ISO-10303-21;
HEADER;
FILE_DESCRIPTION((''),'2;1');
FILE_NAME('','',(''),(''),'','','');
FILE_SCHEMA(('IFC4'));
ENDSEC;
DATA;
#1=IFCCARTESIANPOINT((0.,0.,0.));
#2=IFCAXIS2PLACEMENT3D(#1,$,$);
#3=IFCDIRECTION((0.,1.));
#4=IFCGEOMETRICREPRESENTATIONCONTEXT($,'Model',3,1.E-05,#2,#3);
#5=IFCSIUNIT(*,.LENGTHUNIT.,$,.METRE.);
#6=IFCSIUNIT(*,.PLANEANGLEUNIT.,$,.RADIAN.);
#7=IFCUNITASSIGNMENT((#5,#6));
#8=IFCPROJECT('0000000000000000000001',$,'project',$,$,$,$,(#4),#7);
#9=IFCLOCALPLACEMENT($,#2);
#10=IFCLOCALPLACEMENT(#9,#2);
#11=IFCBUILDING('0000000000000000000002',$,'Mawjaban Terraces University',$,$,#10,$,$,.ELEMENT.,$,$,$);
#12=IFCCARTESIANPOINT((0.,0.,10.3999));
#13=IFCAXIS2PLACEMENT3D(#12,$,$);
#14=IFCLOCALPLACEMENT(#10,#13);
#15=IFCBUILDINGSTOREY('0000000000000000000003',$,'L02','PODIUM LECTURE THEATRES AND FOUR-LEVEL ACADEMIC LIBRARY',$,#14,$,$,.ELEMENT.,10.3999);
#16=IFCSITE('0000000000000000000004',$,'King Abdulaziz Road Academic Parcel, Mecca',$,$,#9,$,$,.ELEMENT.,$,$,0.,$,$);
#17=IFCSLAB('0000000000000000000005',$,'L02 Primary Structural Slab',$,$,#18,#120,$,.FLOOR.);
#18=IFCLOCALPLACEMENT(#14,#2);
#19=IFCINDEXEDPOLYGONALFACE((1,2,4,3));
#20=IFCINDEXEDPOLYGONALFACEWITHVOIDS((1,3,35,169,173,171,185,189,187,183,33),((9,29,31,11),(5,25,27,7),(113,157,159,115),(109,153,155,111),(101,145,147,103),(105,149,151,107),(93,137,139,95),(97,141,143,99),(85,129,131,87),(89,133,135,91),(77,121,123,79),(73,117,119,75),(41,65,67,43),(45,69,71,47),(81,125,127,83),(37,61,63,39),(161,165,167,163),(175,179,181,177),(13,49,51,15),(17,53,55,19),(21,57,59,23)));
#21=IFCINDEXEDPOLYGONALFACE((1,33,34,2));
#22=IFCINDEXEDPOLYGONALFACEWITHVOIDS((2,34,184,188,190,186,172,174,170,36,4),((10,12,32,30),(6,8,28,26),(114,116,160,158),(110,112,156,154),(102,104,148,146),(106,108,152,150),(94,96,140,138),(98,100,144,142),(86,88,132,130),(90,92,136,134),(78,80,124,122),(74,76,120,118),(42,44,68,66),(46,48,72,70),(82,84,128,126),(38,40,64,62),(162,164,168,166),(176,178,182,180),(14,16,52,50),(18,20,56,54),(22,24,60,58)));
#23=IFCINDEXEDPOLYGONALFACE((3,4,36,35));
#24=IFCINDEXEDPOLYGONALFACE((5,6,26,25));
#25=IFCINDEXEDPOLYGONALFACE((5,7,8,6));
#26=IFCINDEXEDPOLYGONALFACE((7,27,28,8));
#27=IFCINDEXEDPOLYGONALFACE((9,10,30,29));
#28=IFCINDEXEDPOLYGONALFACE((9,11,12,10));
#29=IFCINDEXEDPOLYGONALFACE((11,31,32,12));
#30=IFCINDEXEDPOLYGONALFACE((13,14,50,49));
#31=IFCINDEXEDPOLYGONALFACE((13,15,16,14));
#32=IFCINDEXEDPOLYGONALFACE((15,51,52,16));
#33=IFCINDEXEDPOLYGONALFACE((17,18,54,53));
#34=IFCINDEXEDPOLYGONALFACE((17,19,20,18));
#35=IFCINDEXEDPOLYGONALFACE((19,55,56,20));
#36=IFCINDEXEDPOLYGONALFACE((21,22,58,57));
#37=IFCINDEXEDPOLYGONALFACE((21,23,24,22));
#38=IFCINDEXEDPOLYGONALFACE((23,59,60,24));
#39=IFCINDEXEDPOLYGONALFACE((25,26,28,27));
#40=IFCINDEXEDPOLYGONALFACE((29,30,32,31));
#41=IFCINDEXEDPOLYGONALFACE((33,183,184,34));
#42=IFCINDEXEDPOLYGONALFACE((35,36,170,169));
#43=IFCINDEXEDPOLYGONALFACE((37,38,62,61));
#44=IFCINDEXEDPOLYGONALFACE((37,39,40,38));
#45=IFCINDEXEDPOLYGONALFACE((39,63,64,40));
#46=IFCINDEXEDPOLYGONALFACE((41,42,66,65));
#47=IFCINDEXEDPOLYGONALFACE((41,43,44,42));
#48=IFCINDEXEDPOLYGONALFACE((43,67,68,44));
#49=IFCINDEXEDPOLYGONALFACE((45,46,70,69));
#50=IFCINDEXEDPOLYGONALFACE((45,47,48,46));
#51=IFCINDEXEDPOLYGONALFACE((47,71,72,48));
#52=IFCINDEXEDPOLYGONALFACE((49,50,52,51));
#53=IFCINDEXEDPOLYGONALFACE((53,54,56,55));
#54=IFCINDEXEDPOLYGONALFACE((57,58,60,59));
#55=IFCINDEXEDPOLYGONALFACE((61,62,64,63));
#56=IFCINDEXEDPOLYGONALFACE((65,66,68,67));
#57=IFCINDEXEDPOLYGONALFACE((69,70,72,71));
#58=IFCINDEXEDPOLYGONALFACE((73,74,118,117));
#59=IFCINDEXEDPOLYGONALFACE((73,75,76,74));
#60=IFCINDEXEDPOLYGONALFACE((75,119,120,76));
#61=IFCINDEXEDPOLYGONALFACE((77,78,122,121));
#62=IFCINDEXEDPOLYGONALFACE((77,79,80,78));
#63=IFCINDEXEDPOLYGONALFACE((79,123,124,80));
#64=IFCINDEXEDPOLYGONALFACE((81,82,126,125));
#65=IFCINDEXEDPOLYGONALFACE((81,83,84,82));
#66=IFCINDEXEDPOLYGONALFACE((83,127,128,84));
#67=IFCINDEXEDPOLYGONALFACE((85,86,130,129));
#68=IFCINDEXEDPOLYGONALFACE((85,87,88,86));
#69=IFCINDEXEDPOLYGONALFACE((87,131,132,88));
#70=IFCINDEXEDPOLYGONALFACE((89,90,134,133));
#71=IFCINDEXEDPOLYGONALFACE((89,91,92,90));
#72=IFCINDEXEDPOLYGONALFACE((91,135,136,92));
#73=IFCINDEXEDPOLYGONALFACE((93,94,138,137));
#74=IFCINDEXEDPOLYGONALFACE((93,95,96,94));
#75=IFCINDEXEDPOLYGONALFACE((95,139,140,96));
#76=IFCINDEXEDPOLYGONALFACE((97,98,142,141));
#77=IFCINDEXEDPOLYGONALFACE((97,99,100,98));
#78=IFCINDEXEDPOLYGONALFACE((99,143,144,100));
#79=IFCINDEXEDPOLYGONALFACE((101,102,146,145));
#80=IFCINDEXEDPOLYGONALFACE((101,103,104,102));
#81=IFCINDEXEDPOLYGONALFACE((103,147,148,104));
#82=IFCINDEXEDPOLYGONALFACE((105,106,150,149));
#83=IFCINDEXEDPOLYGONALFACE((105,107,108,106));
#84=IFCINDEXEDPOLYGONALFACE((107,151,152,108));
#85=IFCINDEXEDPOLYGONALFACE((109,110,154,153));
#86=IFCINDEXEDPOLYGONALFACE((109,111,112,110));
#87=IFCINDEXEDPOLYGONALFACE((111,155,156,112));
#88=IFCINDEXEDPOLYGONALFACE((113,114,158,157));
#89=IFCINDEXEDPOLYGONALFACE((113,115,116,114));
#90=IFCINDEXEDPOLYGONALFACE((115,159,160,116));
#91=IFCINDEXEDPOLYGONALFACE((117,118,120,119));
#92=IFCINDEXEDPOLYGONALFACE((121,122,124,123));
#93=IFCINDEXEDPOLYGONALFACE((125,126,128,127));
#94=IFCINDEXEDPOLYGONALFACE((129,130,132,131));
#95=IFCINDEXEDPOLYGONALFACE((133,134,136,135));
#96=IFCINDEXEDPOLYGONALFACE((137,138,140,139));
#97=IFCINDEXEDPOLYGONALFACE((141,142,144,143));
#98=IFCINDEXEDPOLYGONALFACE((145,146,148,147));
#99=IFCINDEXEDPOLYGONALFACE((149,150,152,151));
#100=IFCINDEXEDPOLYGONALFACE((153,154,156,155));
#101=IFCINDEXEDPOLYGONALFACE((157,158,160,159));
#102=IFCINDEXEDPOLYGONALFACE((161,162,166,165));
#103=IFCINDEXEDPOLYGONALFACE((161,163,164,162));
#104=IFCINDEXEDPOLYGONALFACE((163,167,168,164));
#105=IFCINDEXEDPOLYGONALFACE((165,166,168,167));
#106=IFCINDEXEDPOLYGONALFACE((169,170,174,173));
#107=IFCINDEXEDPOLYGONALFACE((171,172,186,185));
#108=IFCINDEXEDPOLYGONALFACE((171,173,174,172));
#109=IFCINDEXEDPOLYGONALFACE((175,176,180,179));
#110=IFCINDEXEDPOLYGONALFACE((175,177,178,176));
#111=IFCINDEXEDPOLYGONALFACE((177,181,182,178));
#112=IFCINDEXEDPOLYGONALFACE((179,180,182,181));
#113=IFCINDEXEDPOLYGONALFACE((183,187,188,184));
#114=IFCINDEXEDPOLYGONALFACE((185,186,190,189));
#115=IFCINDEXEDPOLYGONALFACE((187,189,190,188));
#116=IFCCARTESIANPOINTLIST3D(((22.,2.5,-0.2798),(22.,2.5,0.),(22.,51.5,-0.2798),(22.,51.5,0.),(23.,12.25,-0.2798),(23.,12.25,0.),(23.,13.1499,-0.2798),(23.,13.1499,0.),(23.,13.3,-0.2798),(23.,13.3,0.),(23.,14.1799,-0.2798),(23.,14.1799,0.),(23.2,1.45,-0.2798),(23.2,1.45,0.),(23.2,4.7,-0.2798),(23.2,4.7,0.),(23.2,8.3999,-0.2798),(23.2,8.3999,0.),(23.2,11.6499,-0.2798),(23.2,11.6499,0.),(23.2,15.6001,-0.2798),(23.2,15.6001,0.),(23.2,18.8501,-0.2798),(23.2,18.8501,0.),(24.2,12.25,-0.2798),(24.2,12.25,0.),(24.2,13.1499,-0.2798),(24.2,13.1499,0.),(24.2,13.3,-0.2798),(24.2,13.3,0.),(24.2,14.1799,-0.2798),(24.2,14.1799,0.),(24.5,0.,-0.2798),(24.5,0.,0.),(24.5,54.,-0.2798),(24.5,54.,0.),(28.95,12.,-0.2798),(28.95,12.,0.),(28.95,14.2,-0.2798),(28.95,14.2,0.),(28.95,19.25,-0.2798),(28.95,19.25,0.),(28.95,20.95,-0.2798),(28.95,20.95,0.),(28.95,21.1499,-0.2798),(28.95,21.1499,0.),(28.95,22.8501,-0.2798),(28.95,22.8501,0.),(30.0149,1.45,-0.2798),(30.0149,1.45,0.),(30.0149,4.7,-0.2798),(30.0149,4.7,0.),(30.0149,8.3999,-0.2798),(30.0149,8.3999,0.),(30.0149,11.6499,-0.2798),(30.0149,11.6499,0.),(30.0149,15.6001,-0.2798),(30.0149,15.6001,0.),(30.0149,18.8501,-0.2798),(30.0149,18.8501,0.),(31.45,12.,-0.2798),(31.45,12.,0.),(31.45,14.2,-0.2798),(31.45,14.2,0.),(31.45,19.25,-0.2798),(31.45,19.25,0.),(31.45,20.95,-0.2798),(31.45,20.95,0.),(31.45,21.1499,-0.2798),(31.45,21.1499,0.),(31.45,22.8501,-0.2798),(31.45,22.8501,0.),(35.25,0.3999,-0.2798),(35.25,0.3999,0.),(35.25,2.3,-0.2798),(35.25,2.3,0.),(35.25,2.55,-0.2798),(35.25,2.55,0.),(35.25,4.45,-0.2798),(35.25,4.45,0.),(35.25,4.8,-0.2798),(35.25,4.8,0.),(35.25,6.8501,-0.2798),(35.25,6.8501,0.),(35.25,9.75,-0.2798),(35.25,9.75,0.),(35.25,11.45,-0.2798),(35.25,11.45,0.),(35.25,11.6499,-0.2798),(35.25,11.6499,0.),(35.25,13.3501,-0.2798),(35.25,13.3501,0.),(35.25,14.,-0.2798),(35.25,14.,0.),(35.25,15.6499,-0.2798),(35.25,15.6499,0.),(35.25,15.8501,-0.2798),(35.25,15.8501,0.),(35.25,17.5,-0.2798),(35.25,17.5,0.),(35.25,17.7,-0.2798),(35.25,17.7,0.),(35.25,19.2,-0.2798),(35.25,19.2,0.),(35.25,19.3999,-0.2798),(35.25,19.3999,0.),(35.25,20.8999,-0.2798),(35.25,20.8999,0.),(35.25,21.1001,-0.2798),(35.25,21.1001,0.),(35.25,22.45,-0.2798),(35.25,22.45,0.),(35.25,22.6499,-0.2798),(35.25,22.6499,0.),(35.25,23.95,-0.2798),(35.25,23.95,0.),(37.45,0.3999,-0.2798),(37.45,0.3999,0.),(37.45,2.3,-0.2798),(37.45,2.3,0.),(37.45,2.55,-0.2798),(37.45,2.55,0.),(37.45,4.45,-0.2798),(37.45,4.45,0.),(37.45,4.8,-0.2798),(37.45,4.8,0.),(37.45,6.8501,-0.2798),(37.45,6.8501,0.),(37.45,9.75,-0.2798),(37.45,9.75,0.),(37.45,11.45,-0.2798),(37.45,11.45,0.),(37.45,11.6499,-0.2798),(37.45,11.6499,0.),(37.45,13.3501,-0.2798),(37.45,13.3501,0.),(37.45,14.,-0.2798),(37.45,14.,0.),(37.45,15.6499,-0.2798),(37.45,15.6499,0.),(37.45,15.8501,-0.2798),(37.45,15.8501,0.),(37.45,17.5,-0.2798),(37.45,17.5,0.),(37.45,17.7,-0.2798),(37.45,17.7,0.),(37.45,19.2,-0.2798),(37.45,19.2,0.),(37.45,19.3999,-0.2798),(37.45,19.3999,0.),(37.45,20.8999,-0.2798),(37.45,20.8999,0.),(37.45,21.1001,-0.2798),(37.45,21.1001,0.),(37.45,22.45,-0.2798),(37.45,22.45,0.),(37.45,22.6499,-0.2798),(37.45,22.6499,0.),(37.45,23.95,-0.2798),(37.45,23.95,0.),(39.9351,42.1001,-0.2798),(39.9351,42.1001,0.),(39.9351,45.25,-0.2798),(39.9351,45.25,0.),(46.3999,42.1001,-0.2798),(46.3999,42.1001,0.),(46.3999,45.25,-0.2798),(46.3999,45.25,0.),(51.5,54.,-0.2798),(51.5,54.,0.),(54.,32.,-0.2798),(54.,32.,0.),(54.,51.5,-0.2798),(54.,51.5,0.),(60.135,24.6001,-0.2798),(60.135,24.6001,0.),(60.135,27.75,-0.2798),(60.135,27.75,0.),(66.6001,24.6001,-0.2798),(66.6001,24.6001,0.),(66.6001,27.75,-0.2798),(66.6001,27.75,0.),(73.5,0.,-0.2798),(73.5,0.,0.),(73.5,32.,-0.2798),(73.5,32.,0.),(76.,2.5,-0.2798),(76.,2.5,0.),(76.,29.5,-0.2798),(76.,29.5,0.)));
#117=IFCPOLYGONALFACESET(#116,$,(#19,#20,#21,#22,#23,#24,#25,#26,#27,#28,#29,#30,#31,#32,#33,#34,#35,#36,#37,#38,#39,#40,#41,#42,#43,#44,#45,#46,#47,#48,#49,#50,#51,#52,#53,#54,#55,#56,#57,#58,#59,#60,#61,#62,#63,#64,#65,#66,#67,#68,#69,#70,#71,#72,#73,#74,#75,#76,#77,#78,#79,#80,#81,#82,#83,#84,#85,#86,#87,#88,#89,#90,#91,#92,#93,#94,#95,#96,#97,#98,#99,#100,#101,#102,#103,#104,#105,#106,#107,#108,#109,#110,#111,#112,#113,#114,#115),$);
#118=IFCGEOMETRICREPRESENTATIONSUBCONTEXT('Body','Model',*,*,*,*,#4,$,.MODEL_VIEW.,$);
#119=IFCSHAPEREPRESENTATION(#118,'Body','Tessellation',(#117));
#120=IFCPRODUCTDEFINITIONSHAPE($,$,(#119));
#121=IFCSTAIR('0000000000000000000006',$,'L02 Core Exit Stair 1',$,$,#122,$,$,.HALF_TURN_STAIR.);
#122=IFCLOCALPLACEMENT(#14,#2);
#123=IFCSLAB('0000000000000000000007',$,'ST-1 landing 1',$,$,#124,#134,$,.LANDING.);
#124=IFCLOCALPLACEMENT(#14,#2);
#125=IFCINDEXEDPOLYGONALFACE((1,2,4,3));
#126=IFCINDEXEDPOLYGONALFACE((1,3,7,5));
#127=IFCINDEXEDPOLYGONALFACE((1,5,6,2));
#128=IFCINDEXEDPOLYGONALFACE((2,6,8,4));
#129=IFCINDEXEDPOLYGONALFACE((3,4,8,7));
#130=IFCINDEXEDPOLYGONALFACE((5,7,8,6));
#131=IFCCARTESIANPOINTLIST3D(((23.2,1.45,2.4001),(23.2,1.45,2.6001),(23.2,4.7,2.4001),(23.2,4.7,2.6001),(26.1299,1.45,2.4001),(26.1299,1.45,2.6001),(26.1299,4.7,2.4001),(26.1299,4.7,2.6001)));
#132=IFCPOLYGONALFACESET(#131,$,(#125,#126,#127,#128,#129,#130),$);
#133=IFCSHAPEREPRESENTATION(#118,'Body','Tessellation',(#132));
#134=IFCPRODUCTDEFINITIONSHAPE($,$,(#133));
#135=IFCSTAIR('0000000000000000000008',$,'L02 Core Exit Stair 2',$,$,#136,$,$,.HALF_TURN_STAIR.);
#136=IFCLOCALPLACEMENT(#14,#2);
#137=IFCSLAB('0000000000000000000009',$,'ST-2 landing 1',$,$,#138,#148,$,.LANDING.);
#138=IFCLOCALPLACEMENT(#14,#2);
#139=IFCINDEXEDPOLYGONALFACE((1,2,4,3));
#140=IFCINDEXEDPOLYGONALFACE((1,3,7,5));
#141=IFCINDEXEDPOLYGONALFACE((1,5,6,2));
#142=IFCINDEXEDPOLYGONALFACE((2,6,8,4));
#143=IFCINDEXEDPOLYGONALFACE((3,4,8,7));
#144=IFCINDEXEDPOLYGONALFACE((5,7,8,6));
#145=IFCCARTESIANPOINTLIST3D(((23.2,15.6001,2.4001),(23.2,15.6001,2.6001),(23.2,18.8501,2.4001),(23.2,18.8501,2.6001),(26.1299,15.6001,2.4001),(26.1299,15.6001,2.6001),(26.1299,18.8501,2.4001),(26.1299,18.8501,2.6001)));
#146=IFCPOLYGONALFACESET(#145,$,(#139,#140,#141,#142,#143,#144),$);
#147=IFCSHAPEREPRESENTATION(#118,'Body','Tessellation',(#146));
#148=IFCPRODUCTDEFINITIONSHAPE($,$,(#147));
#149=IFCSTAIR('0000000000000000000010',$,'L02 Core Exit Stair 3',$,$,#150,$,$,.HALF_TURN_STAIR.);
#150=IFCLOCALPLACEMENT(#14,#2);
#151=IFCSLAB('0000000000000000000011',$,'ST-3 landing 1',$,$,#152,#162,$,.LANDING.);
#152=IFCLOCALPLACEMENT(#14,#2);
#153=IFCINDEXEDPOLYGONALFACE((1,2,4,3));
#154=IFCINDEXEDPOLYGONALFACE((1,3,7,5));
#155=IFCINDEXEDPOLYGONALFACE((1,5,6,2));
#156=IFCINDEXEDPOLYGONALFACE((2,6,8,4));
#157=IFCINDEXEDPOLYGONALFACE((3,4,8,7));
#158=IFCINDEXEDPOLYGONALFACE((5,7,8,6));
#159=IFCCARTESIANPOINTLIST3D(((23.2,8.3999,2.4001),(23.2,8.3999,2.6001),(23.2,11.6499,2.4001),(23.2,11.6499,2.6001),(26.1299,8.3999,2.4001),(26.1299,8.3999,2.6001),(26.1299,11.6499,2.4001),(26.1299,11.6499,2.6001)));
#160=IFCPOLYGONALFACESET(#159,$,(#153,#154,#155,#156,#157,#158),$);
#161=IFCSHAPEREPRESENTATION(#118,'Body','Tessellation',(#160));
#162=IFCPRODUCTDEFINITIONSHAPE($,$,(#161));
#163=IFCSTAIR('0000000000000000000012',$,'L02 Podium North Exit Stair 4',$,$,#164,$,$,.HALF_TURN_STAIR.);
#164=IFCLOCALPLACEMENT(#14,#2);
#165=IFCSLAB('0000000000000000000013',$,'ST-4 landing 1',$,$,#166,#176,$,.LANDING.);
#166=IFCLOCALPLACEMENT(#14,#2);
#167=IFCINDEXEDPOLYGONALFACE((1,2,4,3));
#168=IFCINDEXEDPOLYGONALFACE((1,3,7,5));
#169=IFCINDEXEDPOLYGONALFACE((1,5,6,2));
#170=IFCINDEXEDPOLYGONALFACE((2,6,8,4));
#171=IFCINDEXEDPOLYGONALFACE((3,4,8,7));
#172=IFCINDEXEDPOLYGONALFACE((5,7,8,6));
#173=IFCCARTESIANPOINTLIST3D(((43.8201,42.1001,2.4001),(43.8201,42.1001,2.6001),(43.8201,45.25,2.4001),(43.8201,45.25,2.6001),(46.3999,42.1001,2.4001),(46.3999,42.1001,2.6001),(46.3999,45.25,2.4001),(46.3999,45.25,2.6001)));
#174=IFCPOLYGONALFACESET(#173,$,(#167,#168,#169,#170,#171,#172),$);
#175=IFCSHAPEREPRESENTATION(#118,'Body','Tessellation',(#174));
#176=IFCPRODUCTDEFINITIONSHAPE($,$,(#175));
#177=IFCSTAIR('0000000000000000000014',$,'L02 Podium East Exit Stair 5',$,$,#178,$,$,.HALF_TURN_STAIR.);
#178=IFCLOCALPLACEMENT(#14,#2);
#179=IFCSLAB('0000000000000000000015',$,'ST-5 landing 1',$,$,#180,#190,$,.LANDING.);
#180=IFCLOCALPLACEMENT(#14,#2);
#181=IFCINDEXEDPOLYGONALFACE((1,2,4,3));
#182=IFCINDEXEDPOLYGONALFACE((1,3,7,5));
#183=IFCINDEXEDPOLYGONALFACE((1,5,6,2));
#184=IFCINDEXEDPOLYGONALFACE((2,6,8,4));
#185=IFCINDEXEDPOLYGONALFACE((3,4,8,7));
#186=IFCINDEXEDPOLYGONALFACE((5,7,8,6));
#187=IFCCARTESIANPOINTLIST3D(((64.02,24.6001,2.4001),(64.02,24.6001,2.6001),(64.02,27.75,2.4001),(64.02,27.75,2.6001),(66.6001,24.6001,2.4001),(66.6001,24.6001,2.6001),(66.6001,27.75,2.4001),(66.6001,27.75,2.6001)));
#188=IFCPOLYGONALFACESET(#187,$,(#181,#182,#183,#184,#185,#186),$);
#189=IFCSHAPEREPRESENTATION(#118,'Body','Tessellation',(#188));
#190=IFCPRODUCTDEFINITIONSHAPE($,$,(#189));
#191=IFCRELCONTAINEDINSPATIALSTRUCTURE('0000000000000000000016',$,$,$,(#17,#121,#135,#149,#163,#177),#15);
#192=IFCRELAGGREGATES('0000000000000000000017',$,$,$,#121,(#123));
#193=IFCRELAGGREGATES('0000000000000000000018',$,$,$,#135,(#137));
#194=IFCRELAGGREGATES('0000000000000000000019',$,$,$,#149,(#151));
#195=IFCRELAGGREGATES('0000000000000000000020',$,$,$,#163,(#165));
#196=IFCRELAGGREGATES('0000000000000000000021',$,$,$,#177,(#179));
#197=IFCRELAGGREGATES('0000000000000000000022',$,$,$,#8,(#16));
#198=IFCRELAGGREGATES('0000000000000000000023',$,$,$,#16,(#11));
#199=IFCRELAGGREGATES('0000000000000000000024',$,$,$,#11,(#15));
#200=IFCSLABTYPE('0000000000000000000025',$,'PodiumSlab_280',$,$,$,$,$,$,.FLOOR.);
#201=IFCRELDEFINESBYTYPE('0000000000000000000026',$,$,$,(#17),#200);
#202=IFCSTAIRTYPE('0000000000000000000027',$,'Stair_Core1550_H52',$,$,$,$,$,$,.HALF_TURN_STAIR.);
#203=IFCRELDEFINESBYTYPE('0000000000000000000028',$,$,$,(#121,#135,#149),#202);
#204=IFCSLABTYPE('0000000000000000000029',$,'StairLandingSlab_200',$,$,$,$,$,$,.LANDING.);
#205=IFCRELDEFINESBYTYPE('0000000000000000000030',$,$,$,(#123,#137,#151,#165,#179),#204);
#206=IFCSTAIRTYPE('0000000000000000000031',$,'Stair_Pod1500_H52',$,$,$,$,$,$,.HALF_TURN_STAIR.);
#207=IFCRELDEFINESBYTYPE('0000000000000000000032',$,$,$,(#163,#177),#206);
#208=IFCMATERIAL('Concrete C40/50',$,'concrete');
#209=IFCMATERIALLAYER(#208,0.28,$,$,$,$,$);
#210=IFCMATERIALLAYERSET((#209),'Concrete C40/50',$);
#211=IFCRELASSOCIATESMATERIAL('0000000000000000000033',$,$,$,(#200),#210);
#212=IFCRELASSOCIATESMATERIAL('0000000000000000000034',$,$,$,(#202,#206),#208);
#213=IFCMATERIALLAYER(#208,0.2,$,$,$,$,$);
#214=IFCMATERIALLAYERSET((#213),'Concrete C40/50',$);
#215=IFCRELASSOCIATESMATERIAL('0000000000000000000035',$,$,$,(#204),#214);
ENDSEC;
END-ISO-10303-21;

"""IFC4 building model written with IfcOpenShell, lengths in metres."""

from ifc_helpers import new_model, si_unit, direction, frame, origin, place, context, subcontext, project, spatial, polyline, outline, extrude, material, layer, layer_set, type_object, element, aggregate, save


model = new_model("IFC4")

# Units and contexts
model_context = context("Model", 3, precision=1e-05, world=origin(), true_north=direction((0.0, 1.0)))
body_context = subcontext(model_context, "Body", "Model", "MODEL_VIEW")
ifc_project = project(units=[si_unit("LENGTHUNIT", "METRE"), si_unit("PLANEANGLEUNIT", "RADIAN")], contexts=[model_context])

# Site, building, storey
site_placement = place(None, origin())
site = spatial("IfcSite", under=ifc_project, at=site_placement, Name="King Abdulaziz Road Academic Parcel, Mecca", CompositionType="ELEMENT", RefElevation=0.0)
building_placement = place(site_placement, origin())
building = spatial("IfcBuilding", under=site, at=building_placement, Name="Mawjaban Terraces University", CompositionType="ELEMENT")
storey_placement = place(building_placement, frame((0.0, 0.0, 10.3999)))
storey = spatial("IfcBuildingStorey", under=building, at=storey_placement, Name="L02", Description="PODIUM LECTURE THEATRES AND FOUR-LEVEL ACADEMIC LIBRARY", CompositionType="ELEMENT", Elevation=10.3999)

# Slab
ifc_material_1 = material(Name="Concrete C40/50", Category="concrete")
ifc_layer_1 = layer(ifc_material_1, 0.28)
ifc_layer_set_1 = layer_set([ifc_layer_1], Name="Concrete C40/50")
slab_type_1 = type_object("IfcSlabType", Name="PodiumSlab_280", PredefinedType="FLOOR", material=ifc_layer_set_1)
slab_1_placement = place(storey_placement, frame((0.0, 0.0, -0.2798)))
element("IfcSlab", 1, at=slab_1_placement, inside=storey, type_object=slab_type_1, Name="L02 Primary Structural Slab", PredefinedType="FLOOR", context=body_context, shape_type="SweptSolid", body=[
    extrude(outline(polyline([(24.5, 0.0), (73.5, 0.0), (76.0, 2.5), (76.0, 29.5), (73.5, 32.0), (54.0, 32.0), (54.0, 51.5), (51.5, 54.0), (24.5, 54.0), (22.0, 51.5), (22.0, 2.5), (24.5, 0.0)]), holes=[polyline([(30.0149, 4.7), (23.2, 4.7), (23.2, 1.45), (30.0149, 1.45), (30.0149, 4.7)]), polyline([(30.0149, 18.8501), (23.2, 18.8501), (23.2, 15.6001), (30.0149, 15.6001), (30.0149, 18.8501)]), polyline([(30.0149, 11.6499), (23.2, 11.6499), (23.2, 8.3999), (30.0149, 8.3999), (30.0149, 11.6499)]), polyline([(39.9351, 42.1001), (46.3999, 42.1001), (46.3999, 45.25), (39.9351, 45.25), (39.9351, 42.1001)]), polyline([(60.135, 24.6001), (66.6001, 24.6001), (66.6001, 27.75), (60.135, 27.75), (60.135, 24.6001)]), polyline([(35.25, 0.3999), (37.45, 0.3999), (37.45, 2.3), (35.25, 2.3), (35.25, 0.3999)]), polyline([(35.25, 2.55), (37.45, 2.55), (37.45, 4.45), (35.25, 4.45), (35.25, 2.55)]), polyline([(35.25, 4.8), (37.45, 4.8), (37.45, 6.8501), (35.25, 6.8501), (35.25, 4.8)]), polyline([(35.25, 9.75), (37.45, 9.75), (37.45, 11.45), (35.25, 11.45), (35.25, 9.75)]), polyline([(35.25, 11.6499), (37.45, 11.6499), (37.45, 13.3501), (35.25, 13.3501), (35.25, 11.6499)]), polyline([(28.95, 12.0), (31.45, 12.0), (31.45, 14.2), (28.95, 14.2), (28.95, 12.0)]), polyline([(35.25, 14.0), (37.45, 14.0), (37.45, 15.6499), (35.25, 15.6499), (35.25, 14.0)]), polyline([(35.25, 15.8501), (37.45, 15.8501), (37.45, 17.5), (35.25, 17.5), (35.25, 15.8501)]), polyline([(35.25, 17.7), (37.45, 17.7), (37.45, 19.2), (35.25, 19.2), (35.25, 17.7)]), polyline([(35.25, 19.3999), (37.45, 19.3999), (37.45, 20.8999), (35.25, 20.8999), (35.25, 19.3999)]), polyline([(28.95, 19.25), (31.45, 19.25), (31.45, 20.95), (28.95, 20.95), (28.95, 19.25)]), polyline([(35.25, 21.1001), (37.45, 21.1001), (37.45, 22.45), (35.25, 22.45), (35.25, 21.1001)]), polyline([(35.25, 22.6499), (37.45, 22.6499), (37.45, 23.95), (35.25, 23.95), (35.25, 22.6499)]), polyline([(28.95, 21.1499), (31.45, 21.1499), (31.45, 22.8501), (28.95, 22.8501), (28.95, 21.1499)]), polyline([(23.0, 12.25), (24.2, 12.25), (24.2, 13.1499), (23.0, 13.1499), (23.0, 12.25)]), polyline([(23.0, 13.3), (24.2, 13.3), (24.2, 14.1799), (23.0, 14.1799), (23.0, 13.3)])]), origin(), (0.0, 0.0, 1.0), 0.2798),
])

# Stairs, slabs
stair_type_1 = type_object("IfcStairType", Name="Stair_Core1550_H52", PredefinedType="HALF_TURN_STAIR", material=ifc_material_1)
stair_1_placement = place(storey_placement, origin())
stair_1 = element("IfcStair", 2, at=stair_1_placement, inside=storey, type_object=stair_type_1, Name="L02 Core Exit Stair 1", PredefinedType="HALF_TURN_STAIR")
ifc_layer_2 = layer(ifc_material_1, 0.2)
ifc_layer_set_2 = layer_set([ifc_layer_2], Name="Concrete C40/50")
slab_type_2 = type_object("IfcSlabType", Name="StairLandingSlab_200", PredefinedType="LANDING", material=ifc_layer_set_2)
slab_2_placement = place(storey_placement, frame((0.0, 0.0, 2.4001)))
slab_2 = element("IfcSlab", 3, at=slab_2_placement, type_object=slab_type_2, Name="ST-1 landing 1", PredefinedType="LANDING", context=body_context, shape_type="SweptSolid", body=[
    extrude(outline(polyline([(26.1299, 4.7), (23.2, 4.7), (23.2, 1.45), (26.1299, 1.45), (26.1299, 4.7)])), origin(), (0.0, 0.0, 1.0), 0.2),
])
aggregate(stair_1, [slab_2])
stair_2_placement = place(storey_placement, origin())
stair_2 = element("IfcStair", 4, at=stair_2_placement, inside=storey, type_object=stair_type_1, Name="L02 Core Exit Stair 2", PredefinedType="HALF_TURN_STAIR")
slab_3_placement = place(storey_placement, frame((0.0, 0.0, 2.4001)))
slab_3 = element("IfcSlab", 5, at=slab_3_placement, type_object=slab_type_2, Name="ST-2 landing 1", PredefinedType="LANDING", context=body_context, shape_type="SweptSolid", body=[
    extrude(outline(polyline([(26.1299, 18.8501), (23.2, 18.8501), (23.2, 15.6001), (26.1299, 15.6001), (26.1299, 18.8501)])), origin(), (0.0, 0.0, 1.0), 0.2),
])
aggregate(stair_2, [slab_3])
stair_3_placement = place(storey_placement, origin())
stair_3 = element("IfcStair", 6, at=stair_3_placement, inside=storey, type_object=stair_type_1, Name="L02 Core Exit Stair 3", PredefinedType="HALF_TURN_STAIR")
slab_4_placement = place(storey_placement, frame((0.0, 0.0, 2.4001)))
slab_4 = element("IfcSlab", 7, at=slab_4_placement, type_object=slab_type_2, Name="ST-3 landing 1", PredefinedType="LANDING", context=body_context, shape_type="SweptSolid", body=[
    extrude(outline(polyline([(26.1299, 11.6499), (23.2, 11.6499), (23.2, 8.3999), (26.1299, 8.3999), (26.1299, 11.6499)])), origin(), (0.0, 0.0, 1.0), 0.2),
])
aggregate(stair_3, [slab_4])
stair_type_2 = type_object("IfcStairType", Name="Stair_Pod1500_H52", PredefinedType="HALF_TURN_STAIR", material=ifc_material_1)
stair_4_placement = place(storey_placement, origin())
stair_4 = element("IfcStair", 8, at=stair_4_placement, inside=storey, type_object=stair_type_2, Name="L02 Podium North Exit Stair 4", PredefinedType="HALF_TURN_STAIR")
slab_5_placement = place(storey_placement, frame((0.0, 0.0, 2.4001)))
slab_5 = element("IfcSlab", 9, at=slab_5_placement, type_object=slab_type_2, Name="ST-4 landing 1", PredefinedType="LANDING", context=body_context, shape_type="SweptSolid", body=[
    extrude(outline(polyline([(43.8201, 42.1001), (46.3999, 42.1001), (46.3999, 45.25), (43.8201, 45.25), (43.8201, 42.1001)])), origin(), (0.0, 0.0, 1.0), 0.2),
])
aggregate(stair_4, [slab_5])
stair_5_placement = place(storey_placement, origin())
stair_5 = element("IfcStair", 10, at=stair_5_placement, inside=storey, type_object=stair_type_2, Name="L02 Podium East Exit Stair 5", PredefinedType="HALF_TURN_STAIR")
slab_6_placement = place(storey_placement, frame((0.0, 0.0, 2.4001)))
slab_6 = element("IfcSlab", 11, at=slab_6_placement, type_object=slab_type_2, Name="ST-5 landing 1", PredefinedType="LANDING", context=body_context, shape_type="SweptSolid", body=[
    extrude(outline(polyline([(64.02, 24.6001), (66.6001, 24.6001), (66.6001, 27.75), (64.02, 27.75), (64.02, 24.6001)])), origin(), (0.0, 0.0, 1.0), 0.2),
])
aggregate(stair_5, [slab_6])

save(model, "model.ifc")
